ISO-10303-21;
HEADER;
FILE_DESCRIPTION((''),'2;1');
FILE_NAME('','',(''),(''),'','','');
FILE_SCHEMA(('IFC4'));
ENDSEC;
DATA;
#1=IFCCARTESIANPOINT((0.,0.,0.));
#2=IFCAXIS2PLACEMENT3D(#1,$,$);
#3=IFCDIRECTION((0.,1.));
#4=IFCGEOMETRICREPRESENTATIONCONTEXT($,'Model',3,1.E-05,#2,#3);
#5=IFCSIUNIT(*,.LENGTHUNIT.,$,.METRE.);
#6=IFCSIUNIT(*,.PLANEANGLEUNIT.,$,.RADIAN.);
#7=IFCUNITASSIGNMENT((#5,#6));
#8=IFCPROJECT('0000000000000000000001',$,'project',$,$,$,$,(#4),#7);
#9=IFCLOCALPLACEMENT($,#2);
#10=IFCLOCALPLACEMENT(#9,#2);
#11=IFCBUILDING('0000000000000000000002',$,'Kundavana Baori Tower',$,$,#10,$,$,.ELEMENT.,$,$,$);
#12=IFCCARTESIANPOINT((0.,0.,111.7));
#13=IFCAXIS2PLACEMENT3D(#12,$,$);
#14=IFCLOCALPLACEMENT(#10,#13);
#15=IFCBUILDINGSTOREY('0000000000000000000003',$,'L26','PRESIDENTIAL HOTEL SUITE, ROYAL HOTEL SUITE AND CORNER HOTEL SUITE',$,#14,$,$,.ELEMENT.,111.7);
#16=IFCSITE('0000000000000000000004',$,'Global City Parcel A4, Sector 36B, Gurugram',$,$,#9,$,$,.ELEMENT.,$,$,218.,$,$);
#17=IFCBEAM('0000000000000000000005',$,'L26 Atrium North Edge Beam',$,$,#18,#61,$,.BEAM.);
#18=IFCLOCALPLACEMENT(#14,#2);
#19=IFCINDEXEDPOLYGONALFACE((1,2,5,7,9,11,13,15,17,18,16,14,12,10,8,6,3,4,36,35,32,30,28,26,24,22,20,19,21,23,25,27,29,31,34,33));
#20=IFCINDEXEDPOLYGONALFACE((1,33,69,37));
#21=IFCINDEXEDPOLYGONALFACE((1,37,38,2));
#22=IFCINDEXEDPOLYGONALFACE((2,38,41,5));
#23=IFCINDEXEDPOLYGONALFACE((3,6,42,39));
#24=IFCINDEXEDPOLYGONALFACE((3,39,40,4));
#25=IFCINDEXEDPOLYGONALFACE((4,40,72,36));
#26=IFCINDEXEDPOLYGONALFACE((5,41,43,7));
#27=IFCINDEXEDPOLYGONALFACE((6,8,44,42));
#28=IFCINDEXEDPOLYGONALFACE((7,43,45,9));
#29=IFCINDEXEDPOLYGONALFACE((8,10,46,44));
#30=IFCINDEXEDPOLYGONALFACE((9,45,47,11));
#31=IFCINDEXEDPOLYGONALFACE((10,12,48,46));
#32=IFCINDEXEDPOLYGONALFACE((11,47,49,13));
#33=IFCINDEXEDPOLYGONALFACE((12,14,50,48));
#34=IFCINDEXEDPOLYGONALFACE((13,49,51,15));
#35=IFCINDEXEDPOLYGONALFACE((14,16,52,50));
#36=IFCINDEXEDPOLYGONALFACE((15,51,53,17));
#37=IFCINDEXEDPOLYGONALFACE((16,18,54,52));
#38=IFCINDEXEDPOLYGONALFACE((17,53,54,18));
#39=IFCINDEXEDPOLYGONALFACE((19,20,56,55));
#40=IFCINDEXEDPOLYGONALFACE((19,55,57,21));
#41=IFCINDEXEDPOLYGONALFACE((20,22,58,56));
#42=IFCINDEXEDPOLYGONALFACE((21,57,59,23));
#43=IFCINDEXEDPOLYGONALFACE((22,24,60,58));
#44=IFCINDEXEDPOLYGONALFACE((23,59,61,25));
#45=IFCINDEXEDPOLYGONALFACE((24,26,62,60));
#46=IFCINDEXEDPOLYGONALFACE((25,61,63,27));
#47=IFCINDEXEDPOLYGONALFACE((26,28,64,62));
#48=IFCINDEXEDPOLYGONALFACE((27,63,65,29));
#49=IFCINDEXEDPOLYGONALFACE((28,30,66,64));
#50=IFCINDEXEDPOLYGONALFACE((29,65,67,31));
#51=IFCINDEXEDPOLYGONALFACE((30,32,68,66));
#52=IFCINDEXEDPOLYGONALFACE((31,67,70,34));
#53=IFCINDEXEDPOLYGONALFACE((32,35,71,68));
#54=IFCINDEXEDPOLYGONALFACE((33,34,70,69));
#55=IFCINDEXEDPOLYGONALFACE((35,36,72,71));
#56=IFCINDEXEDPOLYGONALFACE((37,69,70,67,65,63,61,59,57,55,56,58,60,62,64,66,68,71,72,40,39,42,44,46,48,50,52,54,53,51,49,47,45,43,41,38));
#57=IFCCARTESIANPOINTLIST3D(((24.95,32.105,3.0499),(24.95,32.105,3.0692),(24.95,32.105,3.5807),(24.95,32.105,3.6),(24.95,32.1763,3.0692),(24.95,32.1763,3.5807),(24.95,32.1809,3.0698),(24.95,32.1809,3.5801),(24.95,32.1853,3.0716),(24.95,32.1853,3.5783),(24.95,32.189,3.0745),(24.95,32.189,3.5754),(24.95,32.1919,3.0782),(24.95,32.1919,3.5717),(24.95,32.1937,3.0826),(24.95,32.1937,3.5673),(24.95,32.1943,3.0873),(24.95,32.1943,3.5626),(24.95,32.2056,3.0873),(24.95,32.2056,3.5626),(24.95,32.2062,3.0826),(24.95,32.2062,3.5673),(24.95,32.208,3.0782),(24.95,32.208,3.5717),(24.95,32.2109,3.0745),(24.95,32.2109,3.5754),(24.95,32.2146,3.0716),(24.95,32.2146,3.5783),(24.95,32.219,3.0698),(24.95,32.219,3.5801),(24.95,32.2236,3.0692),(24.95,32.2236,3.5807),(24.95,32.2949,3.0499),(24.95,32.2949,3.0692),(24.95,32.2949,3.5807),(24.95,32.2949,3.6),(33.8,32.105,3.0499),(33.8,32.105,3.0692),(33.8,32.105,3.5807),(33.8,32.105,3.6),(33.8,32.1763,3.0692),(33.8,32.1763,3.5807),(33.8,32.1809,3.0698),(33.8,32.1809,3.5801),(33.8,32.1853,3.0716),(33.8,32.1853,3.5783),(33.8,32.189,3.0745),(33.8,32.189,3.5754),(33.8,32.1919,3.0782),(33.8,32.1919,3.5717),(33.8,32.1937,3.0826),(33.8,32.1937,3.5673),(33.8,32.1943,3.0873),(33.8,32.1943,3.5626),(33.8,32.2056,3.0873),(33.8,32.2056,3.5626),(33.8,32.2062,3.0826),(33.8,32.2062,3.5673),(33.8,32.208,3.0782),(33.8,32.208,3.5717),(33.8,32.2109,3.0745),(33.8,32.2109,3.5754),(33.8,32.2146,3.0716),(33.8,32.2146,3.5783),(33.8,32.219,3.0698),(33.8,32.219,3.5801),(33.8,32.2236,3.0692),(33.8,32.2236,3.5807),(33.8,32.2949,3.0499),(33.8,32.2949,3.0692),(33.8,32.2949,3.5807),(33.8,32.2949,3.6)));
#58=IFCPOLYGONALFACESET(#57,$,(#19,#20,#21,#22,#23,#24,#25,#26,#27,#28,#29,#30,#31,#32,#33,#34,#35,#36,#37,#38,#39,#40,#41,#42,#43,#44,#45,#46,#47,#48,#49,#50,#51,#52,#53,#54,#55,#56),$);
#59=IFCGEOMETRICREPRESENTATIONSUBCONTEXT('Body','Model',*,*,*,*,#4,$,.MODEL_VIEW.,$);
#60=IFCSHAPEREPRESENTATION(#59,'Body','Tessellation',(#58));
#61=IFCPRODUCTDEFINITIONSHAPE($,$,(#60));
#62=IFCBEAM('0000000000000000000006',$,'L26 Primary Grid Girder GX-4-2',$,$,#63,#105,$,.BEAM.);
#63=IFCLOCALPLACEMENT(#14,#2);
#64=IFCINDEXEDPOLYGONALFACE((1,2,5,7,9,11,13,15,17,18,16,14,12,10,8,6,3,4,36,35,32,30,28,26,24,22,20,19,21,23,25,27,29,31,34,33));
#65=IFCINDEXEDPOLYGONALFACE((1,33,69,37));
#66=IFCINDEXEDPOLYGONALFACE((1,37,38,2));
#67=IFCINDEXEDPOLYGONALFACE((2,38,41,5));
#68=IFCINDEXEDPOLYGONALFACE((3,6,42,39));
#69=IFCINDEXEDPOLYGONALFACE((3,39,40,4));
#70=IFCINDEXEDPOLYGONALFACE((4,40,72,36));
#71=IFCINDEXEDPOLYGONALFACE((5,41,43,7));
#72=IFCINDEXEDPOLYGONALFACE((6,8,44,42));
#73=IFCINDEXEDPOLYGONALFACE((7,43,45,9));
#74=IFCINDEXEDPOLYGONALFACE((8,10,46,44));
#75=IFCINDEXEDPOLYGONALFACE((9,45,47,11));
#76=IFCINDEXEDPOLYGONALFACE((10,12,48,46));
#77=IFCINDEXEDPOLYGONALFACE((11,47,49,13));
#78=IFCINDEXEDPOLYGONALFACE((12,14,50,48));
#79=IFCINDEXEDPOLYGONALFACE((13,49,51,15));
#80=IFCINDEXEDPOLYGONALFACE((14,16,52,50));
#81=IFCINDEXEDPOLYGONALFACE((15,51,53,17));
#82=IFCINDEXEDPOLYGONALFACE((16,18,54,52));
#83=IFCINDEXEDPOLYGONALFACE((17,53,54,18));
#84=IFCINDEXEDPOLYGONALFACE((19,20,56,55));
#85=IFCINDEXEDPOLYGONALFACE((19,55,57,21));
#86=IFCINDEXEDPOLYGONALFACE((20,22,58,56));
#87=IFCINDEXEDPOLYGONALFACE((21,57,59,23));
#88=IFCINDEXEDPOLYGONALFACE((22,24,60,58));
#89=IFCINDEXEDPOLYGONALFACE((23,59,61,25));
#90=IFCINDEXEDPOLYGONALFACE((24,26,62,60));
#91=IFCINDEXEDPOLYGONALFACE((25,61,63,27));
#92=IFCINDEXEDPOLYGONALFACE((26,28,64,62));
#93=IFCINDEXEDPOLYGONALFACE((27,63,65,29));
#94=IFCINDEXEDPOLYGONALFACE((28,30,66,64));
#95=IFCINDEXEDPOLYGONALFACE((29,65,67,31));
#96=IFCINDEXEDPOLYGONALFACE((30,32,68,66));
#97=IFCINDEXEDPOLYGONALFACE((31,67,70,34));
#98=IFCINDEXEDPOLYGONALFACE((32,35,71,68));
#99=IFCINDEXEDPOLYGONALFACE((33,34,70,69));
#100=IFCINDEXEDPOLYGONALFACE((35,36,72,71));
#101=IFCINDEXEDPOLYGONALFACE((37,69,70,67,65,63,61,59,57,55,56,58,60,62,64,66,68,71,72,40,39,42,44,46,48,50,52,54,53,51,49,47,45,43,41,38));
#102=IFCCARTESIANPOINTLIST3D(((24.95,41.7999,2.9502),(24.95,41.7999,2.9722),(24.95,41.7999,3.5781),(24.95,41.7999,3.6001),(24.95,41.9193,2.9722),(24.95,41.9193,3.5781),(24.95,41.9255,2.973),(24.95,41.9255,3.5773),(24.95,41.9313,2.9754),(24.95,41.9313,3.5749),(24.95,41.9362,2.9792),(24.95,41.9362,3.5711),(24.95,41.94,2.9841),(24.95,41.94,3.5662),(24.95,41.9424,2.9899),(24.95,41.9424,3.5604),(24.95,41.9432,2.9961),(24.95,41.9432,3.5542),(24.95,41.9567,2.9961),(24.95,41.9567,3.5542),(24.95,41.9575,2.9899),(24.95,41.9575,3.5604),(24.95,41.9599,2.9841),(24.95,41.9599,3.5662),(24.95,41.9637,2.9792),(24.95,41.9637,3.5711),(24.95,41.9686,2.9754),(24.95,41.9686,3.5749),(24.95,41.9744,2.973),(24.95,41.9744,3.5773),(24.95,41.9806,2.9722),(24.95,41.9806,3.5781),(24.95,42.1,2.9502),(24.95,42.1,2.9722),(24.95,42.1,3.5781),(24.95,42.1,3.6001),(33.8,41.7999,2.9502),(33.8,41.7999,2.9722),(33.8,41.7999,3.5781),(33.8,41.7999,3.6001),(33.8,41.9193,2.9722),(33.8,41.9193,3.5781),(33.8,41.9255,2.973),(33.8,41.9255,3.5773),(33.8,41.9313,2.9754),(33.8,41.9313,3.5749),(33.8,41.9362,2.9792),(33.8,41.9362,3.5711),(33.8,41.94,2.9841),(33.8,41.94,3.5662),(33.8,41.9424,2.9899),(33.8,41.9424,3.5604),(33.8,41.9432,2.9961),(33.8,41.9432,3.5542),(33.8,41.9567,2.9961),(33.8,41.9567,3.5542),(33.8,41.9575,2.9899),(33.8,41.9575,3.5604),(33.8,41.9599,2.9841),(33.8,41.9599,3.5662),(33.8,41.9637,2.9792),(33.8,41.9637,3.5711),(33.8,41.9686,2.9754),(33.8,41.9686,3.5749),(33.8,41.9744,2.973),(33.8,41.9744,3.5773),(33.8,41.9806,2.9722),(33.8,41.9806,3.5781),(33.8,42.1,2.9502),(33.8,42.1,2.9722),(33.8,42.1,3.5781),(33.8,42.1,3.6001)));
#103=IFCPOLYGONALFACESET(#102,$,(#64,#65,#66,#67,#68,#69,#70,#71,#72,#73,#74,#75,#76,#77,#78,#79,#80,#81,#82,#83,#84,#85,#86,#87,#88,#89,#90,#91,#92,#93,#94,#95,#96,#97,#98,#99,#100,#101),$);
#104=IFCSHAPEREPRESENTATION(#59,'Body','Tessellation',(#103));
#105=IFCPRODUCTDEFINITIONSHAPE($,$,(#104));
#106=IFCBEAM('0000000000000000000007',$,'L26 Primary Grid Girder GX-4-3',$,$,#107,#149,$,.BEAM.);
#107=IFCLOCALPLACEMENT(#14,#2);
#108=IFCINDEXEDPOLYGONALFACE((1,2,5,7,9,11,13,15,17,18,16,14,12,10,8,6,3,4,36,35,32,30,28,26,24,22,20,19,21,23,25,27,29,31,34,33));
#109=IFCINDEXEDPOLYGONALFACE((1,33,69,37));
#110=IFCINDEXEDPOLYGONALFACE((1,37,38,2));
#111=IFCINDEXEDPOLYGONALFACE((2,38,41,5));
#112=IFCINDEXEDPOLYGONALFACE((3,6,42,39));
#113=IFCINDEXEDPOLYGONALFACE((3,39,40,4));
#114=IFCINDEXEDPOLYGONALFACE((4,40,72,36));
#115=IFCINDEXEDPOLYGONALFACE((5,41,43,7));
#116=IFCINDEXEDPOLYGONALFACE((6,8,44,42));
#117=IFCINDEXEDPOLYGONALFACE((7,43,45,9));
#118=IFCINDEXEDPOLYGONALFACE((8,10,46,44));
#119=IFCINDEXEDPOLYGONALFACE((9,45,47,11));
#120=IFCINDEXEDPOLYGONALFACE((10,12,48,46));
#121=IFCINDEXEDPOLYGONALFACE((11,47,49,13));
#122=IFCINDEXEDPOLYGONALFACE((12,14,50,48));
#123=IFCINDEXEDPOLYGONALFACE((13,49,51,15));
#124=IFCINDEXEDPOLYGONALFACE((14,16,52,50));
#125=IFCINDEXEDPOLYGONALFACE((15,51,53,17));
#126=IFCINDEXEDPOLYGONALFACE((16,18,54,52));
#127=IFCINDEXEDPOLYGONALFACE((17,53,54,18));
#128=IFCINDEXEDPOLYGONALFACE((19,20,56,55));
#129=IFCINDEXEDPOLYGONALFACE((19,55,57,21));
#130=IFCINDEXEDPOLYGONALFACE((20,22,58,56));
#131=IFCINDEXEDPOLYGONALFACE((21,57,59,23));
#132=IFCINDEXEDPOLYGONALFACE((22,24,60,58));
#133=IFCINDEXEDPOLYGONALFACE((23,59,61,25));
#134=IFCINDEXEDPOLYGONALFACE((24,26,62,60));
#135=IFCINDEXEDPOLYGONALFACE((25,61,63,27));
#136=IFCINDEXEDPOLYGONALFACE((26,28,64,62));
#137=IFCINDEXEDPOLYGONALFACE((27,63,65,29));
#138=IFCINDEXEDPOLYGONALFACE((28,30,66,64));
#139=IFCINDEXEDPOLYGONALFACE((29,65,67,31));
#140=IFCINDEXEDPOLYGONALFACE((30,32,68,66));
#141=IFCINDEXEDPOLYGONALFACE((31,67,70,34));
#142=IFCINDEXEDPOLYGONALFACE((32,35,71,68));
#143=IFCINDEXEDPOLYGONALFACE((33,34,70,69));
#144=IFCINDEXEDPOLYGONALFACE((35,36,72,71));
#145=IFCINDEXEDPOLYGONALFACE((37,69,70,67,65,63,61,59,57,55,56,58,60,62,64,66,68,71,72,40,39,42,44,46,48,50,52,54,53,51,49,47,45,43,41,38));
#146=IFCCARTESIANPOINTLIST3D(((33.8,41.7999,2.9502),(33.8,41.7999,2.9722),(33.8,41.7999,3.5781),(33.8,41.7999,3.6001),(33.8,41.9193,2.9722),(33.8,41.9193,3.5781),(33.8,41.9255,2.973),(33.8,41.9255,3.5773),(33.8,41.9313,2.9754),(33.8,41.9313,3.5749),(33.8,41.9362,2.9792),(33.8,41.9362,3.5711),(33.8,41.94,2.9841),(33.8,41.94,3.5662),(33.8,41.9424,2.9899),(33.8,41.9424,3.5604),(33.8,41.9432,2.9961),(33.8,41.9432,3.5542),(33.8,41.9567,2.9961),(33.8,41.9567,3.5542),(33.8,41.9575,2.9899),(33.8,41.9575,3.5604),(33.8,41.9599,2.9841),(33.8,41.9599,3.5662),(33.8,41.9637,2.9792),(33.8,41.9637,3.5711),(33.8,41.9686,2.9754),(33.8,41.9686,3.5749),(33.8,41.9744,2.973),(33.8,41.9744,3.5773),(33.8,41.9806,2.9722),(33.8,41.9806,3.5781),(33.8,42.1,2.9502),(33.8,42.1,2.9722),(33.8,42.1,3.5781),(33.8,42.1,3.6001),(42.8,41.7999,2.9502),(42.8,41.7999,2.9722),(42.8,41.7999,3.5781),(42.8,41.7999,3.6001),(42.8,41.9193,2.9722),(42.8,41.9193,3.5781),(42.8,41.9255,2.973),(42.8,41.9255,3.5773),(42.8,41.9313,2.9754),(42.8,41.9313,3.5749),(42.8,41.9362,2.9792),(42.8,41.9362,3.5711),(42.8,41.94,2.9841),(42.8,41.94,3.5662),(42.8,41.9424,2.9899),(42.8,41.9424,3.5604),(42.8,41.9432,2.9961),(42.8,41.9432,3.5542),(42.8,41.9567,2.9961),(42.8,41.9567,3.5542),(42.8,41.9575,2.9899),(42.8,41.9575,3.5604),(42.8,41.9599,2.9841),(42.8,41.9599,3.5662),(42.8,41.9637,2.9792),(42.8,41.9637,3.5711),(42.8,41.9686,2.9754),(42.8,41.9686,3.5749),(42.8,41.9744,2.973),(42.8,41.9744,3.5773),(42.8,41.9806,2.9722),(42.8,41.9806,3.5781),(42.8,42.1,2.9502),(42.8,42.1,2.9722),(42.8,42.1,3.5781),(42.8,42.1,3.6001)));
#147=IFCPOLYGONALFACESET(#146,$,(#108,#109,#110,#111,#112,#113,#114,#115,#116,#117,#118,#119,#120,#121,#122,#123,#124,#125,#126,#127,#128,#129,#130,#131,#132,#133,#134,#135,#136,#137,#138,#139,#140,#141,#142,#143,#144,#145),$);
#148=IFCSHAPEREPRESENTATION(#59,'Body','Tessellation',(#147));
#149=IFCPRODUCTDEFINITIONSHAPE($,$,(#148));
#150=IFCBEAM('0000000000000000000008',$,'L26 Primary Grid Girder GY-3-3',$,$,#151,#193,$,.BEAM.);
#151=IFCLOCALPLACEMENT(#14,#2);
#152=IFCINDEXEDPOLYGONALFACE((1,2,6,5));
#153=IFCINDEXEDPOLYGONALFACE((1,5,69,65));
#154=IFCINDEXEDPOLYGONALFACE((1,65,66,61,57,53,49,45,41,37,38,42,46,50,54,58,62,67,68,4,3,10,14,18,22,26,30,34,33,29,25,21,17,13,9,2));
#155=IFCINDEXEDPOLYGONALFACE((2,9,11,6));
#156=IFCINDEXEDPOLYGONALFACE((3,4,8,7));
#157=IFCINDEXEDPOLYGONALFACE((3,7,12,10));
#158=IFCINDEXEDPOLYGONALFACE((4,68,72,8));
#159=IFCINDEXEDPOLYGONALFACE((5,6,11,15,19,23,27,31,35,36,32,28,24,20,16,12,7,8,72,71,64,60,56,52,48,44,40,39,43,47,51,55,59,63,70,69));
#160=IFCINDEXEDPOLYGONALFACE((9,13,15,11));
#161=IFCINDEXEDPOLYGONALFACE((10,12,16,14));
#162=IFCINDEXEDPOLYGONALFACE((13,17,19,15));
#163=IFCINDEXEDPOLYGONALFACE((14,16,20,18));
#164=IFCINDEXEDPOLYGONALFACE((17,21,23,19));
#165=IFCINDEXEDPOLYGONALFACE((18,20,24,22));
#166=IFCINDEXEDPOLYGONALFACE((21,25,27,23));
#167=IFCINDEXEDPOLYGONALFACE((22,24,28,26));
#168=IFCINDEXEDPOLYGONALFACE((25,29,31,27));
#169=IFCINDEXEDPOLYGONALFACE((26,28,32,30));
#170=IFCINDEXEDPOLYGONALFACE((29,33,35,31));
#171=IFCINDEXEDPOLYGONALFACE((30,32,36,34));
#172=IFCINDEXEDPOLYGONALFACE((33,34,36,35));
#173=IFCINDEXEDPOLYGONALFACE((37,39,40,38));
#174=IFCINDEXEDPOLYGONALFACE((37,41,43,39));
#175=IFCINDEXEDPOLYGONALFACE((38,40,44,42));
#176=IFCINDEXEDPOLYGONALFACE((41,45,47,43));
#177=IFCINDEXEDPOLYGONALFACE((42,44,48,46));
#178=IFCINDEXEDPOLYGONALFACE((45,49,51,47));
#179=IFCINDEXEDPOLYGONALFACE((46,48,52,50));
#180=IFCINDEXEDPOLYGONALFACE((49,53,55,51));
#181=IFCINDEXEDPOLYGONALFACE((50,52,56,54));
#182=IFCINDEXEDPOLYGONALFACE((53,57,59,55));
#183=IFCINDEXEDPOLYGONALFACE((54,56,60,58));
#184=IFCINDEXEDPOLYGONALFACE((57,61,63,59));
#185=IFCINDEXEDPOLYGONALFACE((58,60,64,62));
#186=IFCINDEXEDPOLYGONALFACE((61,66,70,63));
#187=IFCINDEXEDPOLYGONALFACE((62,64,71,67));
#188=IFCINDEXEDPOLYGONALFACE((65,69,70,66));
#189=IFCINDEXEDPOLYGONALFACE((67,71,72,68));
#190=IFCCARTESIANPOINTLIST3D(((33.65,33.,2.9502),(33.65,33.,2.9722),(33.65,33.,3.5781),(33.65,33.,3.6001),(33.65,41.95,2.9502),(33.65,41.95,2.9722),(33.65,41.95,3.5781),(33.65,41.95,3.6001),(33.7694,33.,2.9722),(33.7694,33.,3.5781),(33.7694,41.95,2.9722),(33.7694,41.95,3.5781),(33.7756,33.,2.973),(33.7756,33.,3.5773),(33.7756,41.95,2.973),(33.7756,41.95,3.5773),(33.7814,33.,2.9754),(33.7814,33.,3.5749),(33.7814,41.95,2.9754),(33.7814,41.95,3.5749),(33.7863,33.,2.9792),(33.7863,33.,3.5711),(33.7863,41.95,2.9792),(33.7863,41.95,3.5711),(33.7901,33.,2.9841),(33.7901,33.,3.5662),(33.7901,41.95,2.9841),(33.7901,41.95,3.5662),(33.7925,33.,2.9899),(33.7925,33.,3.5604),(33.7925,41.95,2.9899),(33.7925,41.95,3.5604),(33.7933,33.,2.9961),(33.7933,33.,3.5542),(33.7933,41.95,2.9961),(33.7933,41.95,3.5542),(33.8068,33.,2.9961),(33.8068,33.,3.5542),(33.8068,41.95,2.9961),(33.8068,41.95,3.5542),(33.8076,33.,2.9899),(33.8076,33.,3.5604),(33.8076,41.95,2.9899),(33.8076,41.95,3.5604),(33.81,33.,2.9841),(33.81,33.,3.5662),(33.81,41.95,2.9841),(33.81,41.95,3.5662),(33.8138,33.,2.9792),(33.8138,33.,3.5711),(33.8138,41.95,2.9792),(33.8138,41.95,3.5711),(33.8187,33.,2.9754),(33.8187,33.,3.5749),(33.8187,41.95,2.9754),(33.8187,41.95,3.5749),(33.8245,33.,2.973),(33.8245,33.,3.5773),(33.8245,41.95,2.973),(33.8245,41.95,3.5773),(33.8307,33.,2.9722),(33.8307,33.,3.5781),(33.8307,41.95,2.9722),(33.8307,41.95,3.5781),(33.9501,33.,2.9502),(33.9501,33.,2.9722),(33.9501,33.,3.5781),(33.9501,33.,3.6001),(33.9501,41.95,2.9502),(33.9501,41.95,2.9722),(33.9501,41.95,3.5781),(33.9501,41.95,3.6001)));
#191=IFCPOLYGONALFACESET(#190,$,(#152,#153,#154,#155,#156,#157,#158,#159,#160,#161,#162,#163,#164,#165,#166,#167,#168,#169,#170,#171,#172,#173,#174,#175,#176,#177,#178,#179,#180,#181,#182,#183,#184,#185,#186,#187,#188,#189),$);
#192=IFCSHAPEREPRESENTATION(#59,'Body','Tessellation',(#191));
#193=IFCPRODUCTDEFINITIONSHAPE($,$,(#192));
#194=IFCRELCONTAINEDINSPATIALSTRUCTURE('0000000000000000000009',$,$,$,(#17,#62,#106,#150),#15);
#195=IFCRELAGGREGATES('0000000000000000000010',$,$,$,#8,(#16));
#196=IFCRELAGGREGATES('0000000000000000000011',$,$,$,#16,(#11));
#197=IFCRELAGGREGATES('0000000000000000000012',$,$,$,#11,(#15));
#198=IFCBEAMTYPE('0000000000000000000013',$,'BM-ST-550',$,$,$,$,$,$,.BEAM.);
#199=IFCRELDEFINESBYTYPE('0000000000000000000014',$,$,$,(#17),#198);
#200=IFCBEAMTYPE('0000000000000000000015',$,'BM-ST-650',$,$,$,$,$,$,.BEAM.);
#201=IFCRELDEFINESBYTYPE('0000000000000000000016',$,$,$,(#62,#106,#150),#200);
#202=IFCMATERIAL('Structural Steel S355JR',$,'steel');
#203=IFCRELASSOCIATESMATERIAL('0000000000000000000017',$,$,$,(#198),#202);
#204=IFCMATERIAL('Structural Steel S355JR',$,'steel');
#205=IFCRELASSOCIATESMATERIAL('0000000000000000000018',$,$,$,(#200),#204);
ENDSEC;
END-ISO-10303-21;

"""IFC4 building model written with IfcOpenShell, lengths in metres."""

from ifc_helpers import new_model, si_unit, direction, frame, origin, origin_2d, place, context, subcontext, project, spatial, i_section, extrude, material, material_profile, profile_set, type_object, element, save


model = new_model("IFC4")

# Units and contexts
model_context = context("Model", 3, precision=1e-05, world=origin(), true_north=direction((0.0, 1.0)))
body_context = subcontext(model_context, "Body", "Model", "MODEL_VIEW")
ifc_project = project(units=[si_unit("LENGTHUNIT", "METRE"), si_unit("PLANEANGLEUNIT", "RADIAN")], contexts=[model_context])

# Site, building, storey
site_placement = place(None, origin())
site = spatial("IfcSite", under=ifc_project, at=site_placement, Name="Global City Parcel A4, Sector 36B, Gurugram", CompositionType="ELEMENT", RefElevation=218.0)
building_placement = place(site_placement, origin())
building = spatial("IfcBuilding", under=site, at=building_placement, Name="Kundavana Baori Tower", CompositionType="ELEMENT")
storey_placement = place(building_placement, frame((0.0, 0.0, 111.7)))
storey = spatial("IfcBuildingStorey", under=building, at=storey_placement, Name="L26", Description="PRESIDENTIAL HOTEL SUITE, ROYAL HOTEL SUITE AND CORNER HOTEL SUITE", CompositionType="ELEMENT", Elevation=111.7)

# Beams
ifc_material_1 = material(Name="Structural Steel S355JR", Category="steel")
ifc_material_profile_1 = material_profile(ifc_material_1, i_section(OverallWidth=0.1899, OverallDepth=0.55, WebThickness=0.0112, FlangeThickness=0.0193, FilletRadius=0.0181, at=origin_2d()), Name="ISMB 550")
ifc_profile_set_1 = profile_set([ifc_material_profile_1], Name="Structural Steel S355JR")
beam_type_1 = type_object("IfcBeamType", Name="BM-ST-550", PredefinedType="BEAM", material=ifc_profile_set_1)
beam_1_placement = place(storey_placement, frame((24.95, 32.2, 3.325), z_axis=(1.0, 0.0, 0.0), x_axis=(0.0, 1.0, 0.0)))
element("IfcBeam", 1, at=beam_1_placement, inside=storey, type_object=beam_type_1, Name="L26 Atrium North Edge Beam", PredefinedType="BEAM", context=body_context, shape_type="SweptSolid", body=[
    extrude(i_section(OverallWidth=0.1899, OverallDepth=0.55, WebThickness=0.0112, FlangeThickness=0.0193, FilletRadius=0.0181, at=origin_2d()), origin(), (0.0, 0.0, 1.0), 8.8501),
])
ifc_material_2 = material(Name="Structural Steel S355JR", Category="steel")
ifc_material_profile_2 = material_profile(ifc_material_2, i_section(OverallWidth=0.3, OverallDepth=0.6499, WebThickness=0.0134, FlangeThickness=0.022, FilletRadius=0.0239, at=origin_2d()), Name="NPB 650x300x155")
ifc_profile_set_2 = profile_set([ifc_material_profile_2], Name="Structural Steel S355JR")
beam_type_2 = type_object("IfcBeamType", Name="BM-ST-650", PredefinedType="BEAM", material=ifc_profile_set_2)
beam_2_placement = place(storey_placement, frame((24.95, 41.95, 3.2751), z_axis=(1.0, 0.0, 0.0), x_axis=(0.0, 1.0, 0.0)))
element("IfcBeam", 2, at=beam_2_placement, inside=storey, type_object=beam_type_2, Name="L26 Primary Grid Girder GX-4-2", PredefinedType="BEAM", context=body_context, shape_type="SweptSolid", body=[
    extrude(i_section(OverallWidth=0.3, OverallDepth=0.6499, WebThickness=0.0134, FlangeThickness=0.022, FilletRadius=0.0239, at=origin_2d()), origin(), (0.0, 0.0, 1.0), 8.8501),
])
beam_3_placement = place(storey_placement, frame((33.8, 41.95, 3.2751), z_axis=(1.0, 0.0, 0.0), x_axis=(0.0, 1.0, 0.0)))
element("IfcBeam", 3, at=beam_3_placement, inside=storey, type_object=beam_type_2, Name="L26 Primary Grid Girder GX-4-3", PredefinedType="BEAM", context=body_context, shape_type="SweptSolid", body=[
    extrude(i_section(OverallWidth=0.3, OverallDepth=0.6499, WebThickness=0.0134, FlangeThickness=0.022, FilletRadius=0.0239, at=origin_2d()), origin(), (0.0, 0.0, 1.0), 9.0),
])
beam_4_placement = place(storey_placement, frame((33.8, 33.0, 3.2751), z_axis=(0.0, 1.0, 0.0), x_axis=(-1.0, 0.0, 0.0)))
element("IfcBeam", 4, at=beam_4_placement, inside=storey, type_object=beam_type_2, Name="L26 Primary Grid Girder GY-3-3", PredefinedType="BEAM", context=body_context, shape_type="SweptSolid", body=[
    extrude(i_section(OverallWidth=0.3, OverallDepth=0.6499, WebThickness=0.0134, FlangeThickness=0.022, FilletRadius=0.0239, at=origin_2d()), origin(), (0.0, 0.0, 1.0), 8.95),
])

save(model, "model.ifc")
